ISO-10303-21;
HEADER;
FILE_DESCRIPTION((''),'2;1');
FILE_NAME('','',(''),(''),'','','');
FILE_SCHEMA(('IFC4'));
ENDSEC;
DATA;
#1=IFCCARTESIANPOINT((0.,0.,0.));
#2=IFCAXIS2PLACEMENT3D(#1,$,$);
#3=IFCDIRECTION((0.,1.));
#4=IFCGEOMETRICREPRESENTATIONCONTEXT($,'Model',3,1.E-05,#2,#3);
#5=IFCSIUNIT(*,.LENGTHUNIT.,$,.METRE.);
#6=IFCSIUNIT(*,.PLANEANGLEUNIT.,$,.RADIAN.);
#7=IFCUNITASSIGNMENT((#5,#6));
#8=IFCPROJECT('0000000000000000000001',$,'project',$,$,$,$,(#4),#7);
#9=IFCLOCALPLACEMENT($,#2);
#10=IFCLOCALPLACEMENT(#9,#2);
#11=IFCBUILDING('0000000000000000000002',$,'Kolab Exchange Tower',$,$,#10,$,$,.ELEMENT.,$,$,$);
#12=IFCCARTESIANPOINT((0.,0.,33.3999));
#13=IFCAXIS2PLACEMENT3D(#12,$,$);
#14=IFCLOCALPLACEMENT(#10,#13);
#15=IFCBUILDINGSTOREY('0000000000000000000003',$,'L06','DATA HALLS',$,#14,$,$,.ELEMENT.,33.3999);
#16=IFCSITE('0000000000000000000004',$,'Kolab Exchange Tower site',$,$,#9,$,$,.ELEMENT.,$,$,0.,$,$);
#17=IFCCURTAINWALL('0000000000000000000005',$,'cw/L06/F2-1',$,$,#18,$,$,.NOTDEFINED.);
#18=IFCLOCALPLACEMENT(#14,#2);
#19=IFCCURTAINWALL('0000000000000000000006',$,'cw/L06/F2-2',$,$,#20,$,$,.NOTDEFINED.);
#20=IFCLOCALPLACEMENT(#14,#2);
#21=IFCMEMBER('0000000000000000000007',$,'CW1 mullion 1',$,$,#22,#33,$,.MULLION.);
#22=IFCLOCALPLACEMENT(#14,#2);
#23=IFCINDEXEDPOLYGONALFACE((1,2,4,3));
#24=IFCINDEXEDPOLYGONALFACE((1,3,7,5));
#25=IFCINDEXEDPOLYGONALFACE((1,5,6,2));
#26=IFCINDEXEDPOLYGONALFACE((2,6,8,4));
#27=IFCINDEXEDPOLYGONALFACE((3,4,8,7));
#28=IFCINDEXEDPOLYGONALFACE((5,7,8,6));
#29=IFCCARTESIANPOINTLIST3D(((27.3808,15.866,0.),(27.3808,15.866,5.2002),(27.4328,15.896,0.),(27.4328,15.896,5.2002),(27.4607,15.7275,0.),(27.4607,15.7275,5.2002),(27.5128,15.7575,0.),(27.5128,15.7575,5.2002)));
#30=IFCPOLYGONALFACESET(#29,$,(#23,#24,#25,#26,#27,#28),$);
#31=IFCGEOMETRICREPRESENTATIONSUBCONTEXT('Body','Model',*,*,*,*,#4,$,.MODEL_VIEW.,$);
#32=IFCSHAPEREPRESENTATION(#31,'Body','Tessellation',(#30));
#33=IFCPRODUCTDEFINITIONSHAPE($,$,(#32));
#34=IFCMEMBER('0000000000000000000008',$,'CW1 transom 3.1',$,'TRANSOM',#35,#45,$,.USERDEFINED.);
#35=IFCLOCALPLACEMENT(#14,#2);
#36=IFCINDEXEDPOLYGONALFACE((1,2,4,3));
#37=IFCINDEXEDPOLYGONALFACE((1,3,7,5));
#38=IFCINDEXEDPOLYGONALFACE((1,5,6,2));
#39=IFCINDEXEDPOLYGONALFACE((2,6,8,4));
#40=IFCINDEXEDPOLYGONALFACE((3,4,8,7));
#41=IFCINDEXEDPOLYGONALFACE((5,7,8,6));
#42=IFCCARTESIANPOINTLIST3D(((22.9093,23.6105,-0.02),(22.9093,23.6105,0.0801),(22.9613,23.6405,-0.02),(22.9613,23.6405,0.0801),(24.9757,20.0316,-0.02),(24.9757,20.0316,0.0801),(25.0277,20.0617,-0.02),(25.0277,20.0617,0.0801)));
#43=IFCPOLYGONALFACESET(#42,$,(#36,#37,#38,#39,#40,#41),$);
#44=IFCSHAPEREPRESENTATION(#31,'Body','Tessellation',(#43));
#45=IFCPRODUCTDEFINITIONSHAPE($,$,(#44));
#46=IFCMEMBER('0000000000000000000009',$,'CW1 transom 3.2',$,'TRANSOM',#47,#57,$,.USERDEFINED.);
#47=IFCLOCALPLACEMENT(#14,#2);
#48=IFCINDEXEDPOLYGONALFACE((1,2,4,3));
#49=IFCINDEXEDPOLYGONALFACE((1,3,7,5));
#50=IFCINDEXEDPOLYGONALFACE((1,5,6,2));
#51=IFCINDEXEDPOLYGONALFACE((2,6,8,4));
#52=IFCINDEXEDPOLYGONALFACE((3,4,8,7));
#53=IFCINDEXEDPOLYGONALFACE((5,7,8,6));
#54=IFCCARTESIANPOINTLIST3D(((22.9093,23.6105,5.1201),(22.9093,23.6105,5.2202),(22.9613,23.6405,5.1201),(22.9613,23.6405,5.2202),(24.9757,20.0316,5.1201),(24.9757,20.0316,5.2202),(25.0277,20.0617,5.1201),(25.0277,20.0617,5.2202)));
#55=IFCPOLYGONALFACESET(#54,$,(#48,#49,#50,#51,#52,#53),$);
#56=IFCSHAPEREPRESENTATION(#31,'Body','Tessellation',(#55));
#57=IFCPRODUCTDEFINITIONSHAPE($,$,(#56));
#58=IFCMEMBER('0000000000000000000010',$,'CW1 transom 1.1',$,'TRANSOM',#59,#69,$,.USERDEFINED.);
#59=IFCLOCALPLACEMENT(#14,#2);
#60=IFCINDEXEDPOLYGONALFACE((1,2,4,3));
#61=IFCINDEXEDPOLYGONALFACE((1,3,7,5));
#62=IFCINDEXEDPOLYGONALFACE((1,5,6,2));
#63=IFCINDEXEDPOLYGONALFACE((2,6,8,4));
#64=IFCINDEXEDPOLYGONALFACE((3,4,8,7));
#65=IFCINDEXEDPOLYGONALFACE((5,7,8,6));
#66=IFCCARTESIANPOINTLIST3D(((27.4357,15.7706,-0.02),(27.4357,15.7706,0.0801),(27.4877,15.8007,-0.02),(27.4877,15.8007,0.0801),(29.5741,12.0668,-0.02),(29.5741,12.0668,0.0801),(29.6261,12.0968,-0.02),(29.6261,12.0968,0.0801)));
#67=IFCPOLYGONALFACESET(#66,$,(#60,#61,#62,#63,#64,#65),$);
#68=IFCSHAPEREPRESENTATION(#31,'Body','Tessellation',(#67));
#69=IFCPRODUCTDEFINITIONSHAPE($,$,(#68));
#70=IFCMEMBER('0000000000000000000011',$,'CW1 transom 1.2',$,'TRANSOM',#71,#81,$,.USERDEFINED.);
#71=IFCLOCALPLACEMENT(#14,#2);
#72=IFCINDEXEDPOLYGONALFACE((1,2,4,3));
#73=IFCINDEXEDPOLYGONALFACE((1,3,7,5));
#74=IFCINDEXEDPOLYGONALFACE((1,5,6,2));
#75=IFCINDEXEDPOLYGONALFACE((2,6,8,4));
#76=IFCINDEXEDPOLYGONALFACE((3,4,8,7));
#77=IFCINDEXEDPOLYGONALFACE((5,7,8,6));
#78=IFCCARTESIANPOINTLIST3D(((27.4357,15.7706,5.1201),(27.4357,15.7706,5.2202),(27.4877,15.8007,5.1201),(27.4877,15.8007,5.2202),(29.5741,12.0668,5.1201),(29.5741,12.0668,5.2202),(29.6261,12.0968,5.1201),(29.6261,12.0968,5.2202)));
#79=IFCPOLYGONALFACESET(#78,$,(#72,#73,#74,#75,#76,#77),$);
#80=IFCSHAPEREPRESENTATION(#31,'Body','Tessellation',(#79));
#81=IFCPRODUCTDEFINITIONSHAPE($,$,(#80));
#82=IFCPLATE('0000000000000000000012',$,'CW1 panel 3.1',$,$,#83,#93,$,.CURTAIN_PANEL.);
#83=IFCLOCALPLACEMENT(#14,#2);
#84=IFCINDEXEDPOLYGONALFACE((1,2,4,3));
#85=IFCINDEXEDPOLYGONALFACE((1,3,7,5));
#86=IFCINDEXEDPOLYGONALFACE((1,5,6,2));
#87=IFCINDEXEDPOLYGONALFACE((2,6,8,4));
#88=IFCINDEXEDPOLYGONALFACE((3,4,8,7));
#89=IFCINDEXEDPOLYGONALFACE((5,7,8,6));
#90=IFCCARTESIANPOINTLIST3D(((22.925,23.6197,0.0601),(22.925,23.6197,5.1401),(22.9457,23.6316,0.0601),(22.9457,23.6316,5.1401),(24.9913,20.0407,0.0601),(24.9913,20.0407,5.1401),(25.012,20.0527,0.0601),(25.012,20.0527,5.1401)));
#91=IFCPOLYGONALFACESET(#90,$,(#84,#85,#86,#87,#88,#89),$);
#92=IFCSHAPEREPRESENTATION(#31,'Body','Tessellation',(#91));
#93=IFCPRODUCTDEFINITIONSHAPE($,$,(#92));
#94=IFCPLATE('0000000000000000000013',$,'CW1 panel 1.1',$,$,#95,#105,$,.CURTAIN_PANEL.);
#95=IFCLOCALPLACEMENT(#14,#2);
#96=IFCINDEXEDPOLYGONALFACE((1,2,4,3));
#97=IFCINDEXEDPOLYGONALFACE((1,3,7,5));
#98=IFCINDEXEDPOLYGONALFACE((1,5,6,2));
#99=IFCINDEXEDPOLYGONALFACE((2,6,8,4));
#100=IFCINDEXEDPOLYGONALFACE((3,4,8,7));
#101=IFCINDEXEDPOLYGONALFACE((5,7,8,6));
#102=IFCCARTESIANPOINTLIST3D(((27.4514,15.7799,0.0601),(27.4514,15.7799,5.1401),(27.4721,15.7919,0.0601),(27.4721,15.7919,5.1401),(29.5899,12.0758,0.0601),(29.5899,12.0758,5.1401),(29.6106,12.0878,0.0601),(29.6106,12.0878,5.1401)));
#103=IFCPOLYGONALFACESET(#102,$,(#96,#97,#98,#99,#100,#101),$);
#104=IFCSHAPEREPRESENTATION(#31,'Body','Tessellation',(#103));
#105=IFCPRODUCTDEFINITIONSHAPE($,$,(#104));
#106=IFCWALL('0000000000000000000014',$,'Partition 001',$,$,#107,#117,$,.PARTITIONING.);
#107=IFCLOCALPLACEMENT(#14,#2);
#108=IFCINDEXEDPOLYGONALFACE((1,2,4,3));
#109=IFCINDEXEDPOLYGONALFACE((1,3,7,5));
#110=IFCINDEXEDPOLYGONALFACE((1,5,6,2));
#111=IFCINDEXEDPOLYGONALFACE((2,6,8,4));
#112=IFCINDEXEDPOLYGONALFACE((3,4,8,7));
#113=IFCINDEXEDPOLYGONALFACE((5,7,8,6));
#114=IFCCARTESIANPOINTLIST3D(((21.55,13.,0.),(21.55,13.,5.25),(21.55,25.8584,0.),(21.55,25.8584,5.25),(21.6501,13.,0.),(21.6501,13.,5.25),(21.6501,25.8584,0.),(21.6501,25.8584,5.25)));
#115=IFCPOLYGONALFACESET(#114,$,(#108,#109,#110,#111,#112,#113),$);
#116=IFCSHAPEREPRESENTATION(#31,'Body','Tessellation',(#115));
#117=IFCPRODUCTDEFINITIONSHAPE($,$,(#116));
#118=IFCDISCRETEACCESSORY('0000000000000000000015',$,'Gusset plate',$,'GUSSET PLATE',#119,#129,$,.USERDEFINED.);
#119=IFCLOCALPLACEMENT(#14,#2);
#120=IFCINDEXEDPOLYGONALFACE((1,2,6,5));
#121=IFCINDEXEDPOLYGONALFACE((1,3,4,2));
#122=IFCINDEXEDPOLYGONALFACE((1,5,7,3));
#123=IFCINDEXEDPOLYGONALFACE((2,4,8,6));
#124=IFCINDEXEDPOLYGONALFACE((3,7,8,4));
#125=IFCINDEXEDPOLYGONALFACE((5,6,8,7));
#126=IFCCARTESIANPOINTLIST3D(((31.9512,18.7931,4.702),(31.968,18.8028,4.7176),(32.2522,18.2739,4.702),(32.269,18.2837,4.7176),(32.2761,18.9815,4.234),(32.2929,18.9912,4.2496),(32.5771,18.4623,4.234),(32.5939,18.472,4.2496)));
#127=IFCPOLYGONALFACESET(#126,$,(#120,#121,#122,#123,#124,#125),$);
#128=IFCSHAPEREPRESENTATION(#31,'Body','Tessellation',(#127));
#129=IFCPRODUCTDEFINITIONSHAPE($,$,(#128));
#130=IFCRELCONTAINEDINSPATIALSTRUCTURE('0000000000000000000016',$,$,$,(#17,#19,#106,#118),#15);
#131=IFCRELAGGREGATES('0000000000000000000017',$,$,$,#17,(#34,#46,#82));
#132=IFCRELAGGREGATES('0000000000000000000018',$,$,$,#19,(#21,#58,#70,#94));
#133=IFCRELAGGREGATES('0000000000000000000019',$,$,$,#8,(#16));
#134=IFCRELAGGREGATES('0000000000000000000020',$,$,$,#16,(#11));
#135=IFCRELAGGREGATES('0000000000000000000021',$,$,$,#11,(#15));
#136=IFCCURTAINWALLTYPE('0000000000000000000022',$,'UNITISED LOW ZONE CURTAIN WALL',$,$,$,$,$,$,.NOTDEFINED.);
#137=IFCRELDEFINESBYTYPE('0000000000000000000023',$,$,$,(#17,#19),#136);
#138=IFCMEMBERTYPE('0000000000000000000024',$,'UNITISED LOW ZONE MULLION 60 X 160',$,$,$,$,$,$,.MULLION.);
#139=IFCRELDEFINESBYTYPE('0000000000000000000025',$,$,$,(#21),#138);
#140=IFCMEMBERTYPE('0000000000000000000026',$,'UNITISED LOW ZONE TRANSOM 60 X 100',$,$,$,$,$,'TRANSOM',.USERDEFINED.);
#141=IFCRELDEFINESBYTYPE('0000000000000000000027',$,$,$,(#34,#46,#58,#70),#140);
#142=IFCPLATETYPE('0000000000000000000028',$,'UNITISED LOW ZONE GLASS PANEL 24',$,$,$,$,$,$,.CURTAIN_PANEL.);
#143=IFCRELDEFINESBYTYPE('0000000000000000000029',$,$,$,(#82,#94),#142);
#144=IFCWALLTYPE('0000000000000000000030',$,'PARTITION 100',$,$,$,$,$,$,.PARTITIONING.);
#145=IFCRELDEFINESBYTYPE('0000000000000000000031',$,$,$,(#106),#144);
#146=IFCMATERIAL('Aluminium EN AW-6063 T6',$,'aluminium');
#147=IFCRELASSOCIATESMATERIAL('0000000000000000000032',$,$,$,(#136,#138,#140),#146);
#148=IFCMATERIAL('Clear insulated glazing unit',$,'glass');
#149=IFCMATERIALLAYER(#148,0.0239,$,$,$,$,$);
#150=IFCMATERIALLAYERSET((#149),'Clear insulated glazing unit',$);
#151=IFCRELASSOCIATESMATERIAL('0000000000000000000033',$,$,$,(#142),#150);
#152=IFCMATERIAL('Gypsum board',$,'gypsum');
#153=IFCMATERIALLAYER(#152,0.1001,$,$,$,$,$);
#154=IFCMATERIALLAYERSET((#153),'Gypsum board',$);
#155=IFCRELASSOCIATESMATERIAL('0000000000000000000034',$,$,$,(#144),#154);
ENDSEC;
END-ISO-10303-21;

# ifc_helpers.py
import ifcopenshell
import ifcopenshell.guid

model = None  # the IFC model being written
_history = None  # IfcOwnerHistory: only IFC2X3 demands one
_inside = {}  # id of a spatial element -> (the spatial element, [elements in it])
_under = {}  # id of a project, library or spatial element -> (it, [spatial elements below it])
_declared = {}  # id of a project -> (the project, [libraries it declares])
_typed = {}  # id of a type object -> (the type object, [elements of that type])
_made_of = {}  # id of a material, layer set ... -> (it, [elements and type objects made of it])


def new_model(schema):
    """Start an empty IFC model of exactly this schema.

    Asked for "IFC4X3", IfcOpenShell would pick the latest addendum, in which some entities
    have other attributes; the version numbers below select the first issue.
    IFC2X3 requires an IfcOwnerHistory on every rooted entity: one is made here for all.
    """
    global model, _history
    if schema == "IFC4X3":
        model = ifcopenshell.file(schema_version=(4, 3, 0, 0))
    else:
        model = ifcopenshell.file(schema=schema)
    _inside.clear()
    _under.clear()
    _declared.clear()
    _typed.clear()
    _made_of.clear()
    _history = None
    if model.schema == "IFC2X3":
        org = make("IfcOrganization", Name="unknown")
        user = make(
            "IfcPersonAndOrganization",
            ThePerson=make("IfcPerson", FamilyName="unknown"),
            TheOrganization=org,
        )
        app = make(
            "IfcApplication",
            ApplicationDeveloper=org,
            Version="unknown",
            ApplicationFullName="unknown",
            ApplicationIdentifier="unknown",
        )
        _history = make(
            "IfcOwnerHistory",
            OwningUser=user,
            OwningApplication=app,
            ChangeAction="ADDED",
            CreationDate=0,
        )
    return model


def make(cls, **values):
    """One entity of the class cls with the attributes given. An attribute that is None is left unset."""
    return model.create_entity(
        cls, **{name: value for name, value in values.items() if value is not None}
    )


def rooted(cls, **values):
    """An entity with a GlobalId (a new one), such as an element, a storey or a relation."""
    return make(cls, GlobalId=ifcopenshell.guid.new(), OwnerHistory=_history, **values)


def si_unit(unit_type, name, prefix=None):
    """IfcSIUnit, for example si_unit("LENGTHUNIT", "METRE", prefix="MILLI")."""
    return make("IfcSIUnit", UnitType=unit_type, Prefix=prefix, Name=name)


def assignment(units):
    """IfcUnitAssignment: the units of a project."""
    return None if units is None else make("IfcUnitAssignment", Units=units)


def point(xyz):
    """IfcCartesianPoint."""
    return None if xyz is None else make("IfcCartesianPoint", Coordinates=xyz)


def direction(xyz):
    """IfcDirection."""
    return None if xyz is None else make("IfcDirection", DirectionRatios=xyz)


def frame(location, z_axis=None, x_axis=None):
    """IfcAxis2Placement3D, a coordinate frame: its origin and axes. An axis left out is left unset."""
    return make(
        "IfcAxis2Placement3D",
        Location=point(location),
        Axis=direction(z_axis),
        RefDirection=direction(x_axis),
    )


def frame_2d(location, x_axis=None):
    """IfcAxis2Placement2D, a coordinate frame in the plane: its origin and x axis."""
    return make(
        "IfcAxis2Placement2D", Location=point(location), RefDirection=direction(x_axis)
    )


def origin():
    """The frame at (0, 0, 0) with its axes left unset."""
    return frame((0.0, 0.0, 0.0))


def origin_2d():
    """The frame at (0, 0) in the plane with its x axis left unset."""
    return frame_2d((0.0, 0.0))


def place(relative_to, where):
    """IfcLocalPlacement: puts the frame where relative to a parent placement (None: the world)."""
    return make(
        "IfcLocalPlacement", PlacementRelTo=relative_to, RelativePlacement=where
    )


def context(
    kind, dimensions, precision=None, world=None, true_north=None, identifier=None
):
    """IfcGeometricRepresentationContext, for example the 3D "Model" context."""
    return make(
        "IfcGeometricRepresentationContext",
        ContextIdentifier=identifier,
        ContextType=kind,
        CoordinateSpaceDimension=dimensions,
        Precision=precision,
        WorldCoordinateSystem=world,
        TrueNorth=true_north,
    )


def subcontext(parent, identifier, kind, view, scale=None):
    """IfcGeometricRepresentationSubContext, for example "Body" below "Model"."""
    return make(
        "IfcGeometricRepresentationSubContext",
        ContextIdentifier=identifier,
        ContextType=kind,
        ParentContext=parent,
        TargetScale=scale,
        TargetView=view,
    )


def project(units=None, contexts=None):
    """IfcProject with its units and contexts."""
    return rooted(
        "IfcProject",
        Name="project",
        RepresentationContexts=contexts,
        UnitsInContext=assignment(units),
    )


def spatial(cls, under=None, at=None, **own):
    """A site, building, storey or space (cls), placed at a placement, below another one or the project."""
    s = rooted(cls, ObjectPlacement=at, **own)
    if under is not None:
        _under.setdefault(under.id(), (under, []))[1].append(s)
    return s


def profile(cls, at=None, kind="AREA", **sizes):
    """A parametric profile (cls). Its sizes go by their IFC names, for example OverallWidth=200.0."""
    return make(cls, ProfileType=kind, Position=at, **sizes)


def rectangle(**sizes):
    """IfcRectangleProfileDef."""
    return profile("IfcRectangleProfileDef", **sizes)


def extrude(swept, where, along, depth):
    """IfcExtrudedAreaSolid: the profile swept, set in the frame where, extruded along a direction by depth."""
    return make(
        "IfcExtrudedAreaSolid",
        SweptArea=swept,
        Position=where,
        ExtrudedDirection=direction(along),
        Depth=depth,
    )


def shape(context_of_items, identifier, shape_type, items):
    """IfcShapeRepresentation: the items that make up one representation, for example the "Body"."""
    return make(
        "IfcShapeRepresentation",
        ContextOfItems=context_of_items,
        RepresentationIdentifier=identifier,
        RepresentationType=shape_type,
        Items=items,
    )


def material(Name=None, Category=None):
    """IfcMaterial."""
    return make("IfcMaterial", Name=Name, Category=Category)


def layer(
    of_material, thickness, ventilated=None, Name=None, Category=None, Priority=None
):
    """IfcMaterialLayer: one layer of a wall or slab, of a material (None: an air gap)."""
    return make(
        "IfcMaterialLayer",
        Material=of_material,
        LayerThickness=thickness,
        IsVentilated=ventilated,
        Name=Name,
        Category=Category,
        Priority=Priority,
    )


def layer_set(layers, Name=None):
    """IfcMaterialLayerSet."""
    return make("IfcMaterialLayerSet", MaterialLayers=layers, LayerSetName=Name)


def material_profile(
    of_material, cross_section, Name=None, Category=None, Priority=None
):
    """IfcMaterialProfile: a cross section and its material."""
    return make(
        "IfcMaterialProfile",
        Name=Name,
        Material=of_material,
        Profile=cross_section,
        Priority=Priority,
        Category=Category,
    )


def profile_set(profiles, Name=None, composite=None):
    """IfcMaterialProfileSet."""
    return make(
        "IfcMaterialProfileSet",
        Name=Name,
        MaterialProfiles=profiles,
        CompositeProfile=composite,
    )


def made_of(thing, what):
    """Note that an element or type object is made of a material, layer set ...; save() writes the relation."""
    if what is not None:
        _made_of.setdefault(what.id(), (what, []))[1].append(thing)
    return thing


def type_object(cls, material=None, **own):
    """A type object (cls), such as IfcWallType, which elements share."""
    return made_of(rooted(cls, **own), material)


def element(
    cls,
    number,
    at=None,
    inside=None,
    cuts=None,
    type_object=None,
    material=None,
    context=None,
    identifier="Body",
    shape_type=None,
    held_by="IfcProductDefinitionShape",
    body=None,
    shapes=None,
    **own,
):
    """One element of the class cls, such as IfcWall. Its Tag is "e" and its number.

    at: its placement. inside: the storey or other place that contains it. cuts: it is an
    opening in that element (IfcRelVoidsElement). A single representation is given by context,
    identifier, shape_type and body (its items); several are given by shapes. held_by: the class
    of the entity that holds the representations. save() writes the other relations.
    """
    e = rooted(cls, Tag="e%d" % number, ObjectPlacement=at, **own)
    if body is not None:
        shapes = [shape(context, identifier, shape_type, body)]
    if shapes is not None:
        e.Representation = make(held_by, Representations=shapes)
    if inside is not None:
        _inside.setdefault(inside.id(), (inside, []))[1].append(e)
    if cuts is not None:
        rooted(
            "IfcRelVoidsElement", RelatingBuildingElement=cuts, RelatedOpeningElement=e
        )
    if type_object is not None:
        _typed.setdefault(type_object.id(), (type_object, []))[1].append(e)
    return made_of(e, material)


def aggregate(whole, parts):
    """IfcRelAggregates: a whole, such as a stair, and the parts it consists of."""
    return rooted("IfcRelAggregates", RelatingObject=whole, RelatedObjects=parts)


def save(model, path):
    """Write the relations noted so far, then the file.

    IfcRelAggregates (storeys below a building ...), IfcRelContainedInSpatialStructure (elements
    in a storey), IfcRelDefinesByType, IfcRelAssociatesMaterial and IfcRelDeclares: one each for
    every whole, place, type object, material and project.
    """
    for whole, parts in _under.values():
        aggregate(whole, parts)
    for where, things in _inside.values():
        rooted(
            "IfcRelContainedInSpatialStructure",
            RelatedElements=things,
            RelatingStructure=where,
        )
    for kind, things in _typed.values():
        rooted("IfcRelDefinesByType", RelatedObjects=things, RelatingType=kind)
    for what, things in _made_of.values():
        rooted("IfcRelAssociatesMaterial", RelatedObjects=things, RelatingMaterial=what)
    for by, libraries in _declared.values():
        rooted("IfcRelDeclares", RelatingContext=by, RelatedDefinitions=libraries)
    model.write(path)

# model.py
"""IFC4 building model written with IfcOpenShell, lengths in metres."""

from ifc_helpers import new_model, si_unit, direction, frame, frame_2d, origin, origin_2d, place, context, subcontext, project, spatial, rectangle, extrude, material, layer, layer_set, material_profile, profile_set, type_object, element, aggregate, save


model = new_model("IFC4")

# Units and contexts
model_context = context("Model", 3, precision=1e-05, world=origin(), true_north=direction((0.0, 1.0)))
body_context = subcontext(model_context, "Body", "Model", "MODEL_VIEW")
ifc_project = project(units=[si_unit("LENGTHUNIT", "METRE"), si_unit("PLANEANGLEUNIT", "RADIAN")], contexts=[model_context])

# Site, building, storey
site_placement = place(None, origin())
site = spatial("IfcSite", under=ifc_project, at=site_placement, Name="Kolab Exchange Tower site", CompositionType="ELEMENT", RefElevation=0.0)
building_placement = place(site_placement, origin())
building = spatial("IfcBuilding", under=site, at=building_placement, Name="Kolab Exchange Tower", CompositionType="ELEMENT")
storey_placement = place(building_placement, frame((0.0, 0.0, 33.3999)))
storey = spatial("IfcBuildingStorey", under=building, at=storey_placement, Name="L06", Description="DATA HALLS", CompositionType="ELEMENT", Elevation=33.3999)

# Curtain walls, member
ifc_material_1 = material(Name="Aluminium EN AW-6063 T6", Category="aluminium")
curtain_wall_type = type_object("IfcCurtainWallType", Name="UNITISED LOW ZONE CURTAIN WALL", PredefinedType="NOTDEFINED", material=ifc_material_1)
curtain_wall_1_placement = place(storey_placement, origin())
curtain_wall_1 = element("IfcCurtainWall", 1, at=curtain_wall_1_placement, inside=storey, type_object=curtain_wall_type, Name="cw/L06/F2-1", PredefinedType="NOTDEFINED")
ifc_material_profile_1 = material_profile(ifc_material_1, rectangle(XDim=0.0601, YDim=0.1599, at=origin_2d()), Name="RECT 60X160")
ifc_profile_set_1 = profile_set([ifc_material_profile_1], Name="Aluminium EN AW-6063 T6")
member_type_1 = type_object("IfcMemberType", Name="UNITISED LOW ZONE MULLION 60 X 160", PredefinedType="MULLION", material=ifc_profile_set_1)
curtain_wall_2_placement = place(storey_placement, origin())
curtain_wall_2 = element("IfcCurtainWall", 2, at=curtain_wall_2_placement, inside=storey, type_object=curtain_wall_type, Name="cw/L06/F2-2", PredefinedType="NOTDEFINED")
member_1_placement = place(storey_placement, frame((27.4468, 15.8118, 0.0), z_axis=(0.0, 0.0, 1.0), x_axis=(0.866025, 0.5, 0.0)))
member_1 = element("IfcMember", 3, at=member_1_placement, type_object=member_type_1, Name="CW1 mullion 1", PredefinedType="MULLION", context=body_context, shape_type="SweptSolid", body=[
    extrude(rectangle(XDim=0.0601, YDim=0.1599, at=origin_2d()), origin(), (0.0, 0.0, 1.0), 5.2002),
])

# Members
ifc_material_profile_2 = material_profile(ifc_material_1, rectangle(XDim=0.0601, YDim=0.1001, at=origin_2d()), Name="RECT 60X100")
ifc_profile_set_2 = profile_set([ifc_material_profile_2], Name="Aluminium EN AW-6063 T6")
member_type_2 = type_object("IfcMemberType", Name="UNITISED LOW ZONE TRANSOM 60 X 100", ElementType="TRANSOM", PredefinedType="USERDEFINED", material=ifc_profile_set_2)
member_2_placement = place(storey_placement, frame((22.9353, 23.6255, 0.03), z_axis=(0.500028, -0.866009, 0.0), x_axis=(0.866009, 0.500028, 0.0)))
member_2 = element("IfcMember", 4, at=member_2_placement, type_object=member_type_2, Name="CW1 transom 3.1", ObjectType="TRANSOM", PredefinedType="USERDEFINED", context=body_context, shape_type="SweptSolid", body=[
    extrude(rectangle(XDim=0.0601, YDim=0.1001, at=origin_2d()), origin(), (0.0, 0.0, 1.0), 4.1326),
])
member_3_placement = place(storey_placement, frame((22.9353, 23.6255, 5.1702), z_axis=(0.500028, -0.866009, 0.0), x_axis=(0.866009, 0.500028, 0.0)))
member_3 = element("IfcMember", 5, at=member_3_placement, type_object=member_type_2, Name="CW1 transom 3.2", ObjectType="TRANSOM", PredefinedType="USERDEFINED", context=body_context, shape_type="SweptSolid", body=[
    extrude(rectangle(XDim=0.0601, YDim=0.1001, at=origin_2d()), origin(), (0.0, 0.0, 1.0), 4.1326),
])
member_4_placement = place(storey_placement, frame((27.4617, 15.7856, 0.03), z_axis=(0.500001, -0.866025, 0.0), x_axis=(0.866025, 0.500001, 0.0)))
member_4 = element("IfcMember", 6, at=member_4_placement, type_object=member_type_2, Name="CW1 transom 1.1", ObjectType="TRANSOM", PredefinedType="USERDEFINED", context=body_context, shape_type="SweptSolid", body=[
    extrude(rectangle(XDim=0.0601, YDim=0.1001, at=origin_2d()), origin(), (0.0, 0.0, 1.0), 4.2769),
])
member_5_placement = place(storey_placement, frame((27.4617, 15.7856, 5.1702), z_axis=(0.500001, -0.866025, 0.0), x_axis=(0.866025, 0.500001, 0.0)))
member_5 = element("IfcMember", 7, at=member_5_placement, type_object=member_type_2, Name="CW1 transom 1.2", ObjectType="TRANSOM", PredefinedType="USERDEFINED", context=body_context, shape_type="SweptSolid", body=[
    extrude(rectangle(XDim=0.0601, YDim=0.1001, at=origin_2d()), origin(), (0.0, 0.0, 1.0), 4.2769),
])

# Plates
ifc_material_2 = material(Name="Clear insulated glazing unit", Category="glass")
ifc_layer_1 = layer(ifc_material_2, 0.0239)
ifc_layer_set_1 = layer_set([ifc_layer_1], Name="Clear insulated glazing unit")
plate_type = type_object("IfcPlateType", Name="UNITISED LOW ZONE GLASS PANEL 24", PredefinedType="CURTAIN_PANEL", material=ifc_layer_set_1)
plate_1_placement = place(storey_placement, frame((23.9685, 21.8362, 0.0601), z_axis=(0.0, 0.0, 1.0), x_axis=(0.5, -0.866025, 0.0)))
plate_1 = element("IfcPlate", 8, at=plate_1_placement, type_object=plate_type, Name="CW1 panel 3.1", PredefinedType="CURTAIN_PANEL", context=body_context, shape_type="SweptSolid", body=[
    extrude(rectangle(XDim=4.1326, YDim=0.0239, at=origin_2d()), origin(), (0.0, 0.0, 1.0), 5.0801),
])
aggregate(curtain_wall_1, [member_2, member_3, plate_1])
plate_2_placement = place(storey_placement, frame((28.531, 13.9338, 0.0601), z_axis=(0.0, 0.0, 1.0), x_axis=(0.5, -0.866025, 0.0)))
plate_2 = element("IfcPlate", 9, at=plate_2_placement, type_object=plate_type, Name="CW1 panel 1.1", PredefinedType="CURTAIN_PANEL", context=body_context, shape_type="SweptSolid", body=[
    extrude(rectangle(XDim=4.2771, YDim=0.0239, at=origin_2d()), origin(), (0.0, 0.0, 1.0), 5.0801),
])
aggregate(curtain_wall_2, [member_1, member_4, member_5, plate_2])

# Wall
ifc_material_3 = material(Name="Gypsum board", Category="gypsum")
ifc_layer_2 = layer(ifc_material_3, 0.1001)
ifc_layer_set_2 = layer_set([ifc_layer_2], Name="Gypsum board")
wall_type_1 = type_object("IfcWallType", Name="PARTITION 100", PredefinedType="PARTITIONING", material=ifc_layer_set_2)
wall_1_placement = place(storey_placement, frame((21.6001, 13.0, 0.0), z_axis=(0.0, 0.0, 1.0), x_axis=(0.0, 1.0, 0.0)))
element("IfcWall", 10, at=wall_1_placement, inside=storey, type_object=wall_type_1, Name="Partition 001", PredefinedType="PARTITIONING", context=body_context, shape_type="SweptSolid", body=[
    extrude(rectangle(XDim=12.8584, YDim=0.1001, at=frame_2d((6.4292, 0.0))), origin(), (0.0, 0.0, 1.0), 5.25),
])

# Discrete accessory
discrete_accessory_placement = place(storey_placement, frame((32.2642, 18.6277, 4.468), z_axis=(0.674754, 0.391162, 0.625859), x_axis=(-0.50153, 0.86514, 0.0)))
element("IfcDiscreteAccessory", 11, at=discrete_accessory_placement, inside=storey, Name="Gusset plate", ObjectType="GUSSET PLATE", PredefinedType="USERDEFINED", context=body_context, shape_type="SweptSolid", body=[
    extrude(rectangle(XDim=0.6001, YDim=0.6001, at=origin_2d()), origin(), (0.0, 0.0, 1.0), 0.0249),
])

save(model, "model.ifc")
